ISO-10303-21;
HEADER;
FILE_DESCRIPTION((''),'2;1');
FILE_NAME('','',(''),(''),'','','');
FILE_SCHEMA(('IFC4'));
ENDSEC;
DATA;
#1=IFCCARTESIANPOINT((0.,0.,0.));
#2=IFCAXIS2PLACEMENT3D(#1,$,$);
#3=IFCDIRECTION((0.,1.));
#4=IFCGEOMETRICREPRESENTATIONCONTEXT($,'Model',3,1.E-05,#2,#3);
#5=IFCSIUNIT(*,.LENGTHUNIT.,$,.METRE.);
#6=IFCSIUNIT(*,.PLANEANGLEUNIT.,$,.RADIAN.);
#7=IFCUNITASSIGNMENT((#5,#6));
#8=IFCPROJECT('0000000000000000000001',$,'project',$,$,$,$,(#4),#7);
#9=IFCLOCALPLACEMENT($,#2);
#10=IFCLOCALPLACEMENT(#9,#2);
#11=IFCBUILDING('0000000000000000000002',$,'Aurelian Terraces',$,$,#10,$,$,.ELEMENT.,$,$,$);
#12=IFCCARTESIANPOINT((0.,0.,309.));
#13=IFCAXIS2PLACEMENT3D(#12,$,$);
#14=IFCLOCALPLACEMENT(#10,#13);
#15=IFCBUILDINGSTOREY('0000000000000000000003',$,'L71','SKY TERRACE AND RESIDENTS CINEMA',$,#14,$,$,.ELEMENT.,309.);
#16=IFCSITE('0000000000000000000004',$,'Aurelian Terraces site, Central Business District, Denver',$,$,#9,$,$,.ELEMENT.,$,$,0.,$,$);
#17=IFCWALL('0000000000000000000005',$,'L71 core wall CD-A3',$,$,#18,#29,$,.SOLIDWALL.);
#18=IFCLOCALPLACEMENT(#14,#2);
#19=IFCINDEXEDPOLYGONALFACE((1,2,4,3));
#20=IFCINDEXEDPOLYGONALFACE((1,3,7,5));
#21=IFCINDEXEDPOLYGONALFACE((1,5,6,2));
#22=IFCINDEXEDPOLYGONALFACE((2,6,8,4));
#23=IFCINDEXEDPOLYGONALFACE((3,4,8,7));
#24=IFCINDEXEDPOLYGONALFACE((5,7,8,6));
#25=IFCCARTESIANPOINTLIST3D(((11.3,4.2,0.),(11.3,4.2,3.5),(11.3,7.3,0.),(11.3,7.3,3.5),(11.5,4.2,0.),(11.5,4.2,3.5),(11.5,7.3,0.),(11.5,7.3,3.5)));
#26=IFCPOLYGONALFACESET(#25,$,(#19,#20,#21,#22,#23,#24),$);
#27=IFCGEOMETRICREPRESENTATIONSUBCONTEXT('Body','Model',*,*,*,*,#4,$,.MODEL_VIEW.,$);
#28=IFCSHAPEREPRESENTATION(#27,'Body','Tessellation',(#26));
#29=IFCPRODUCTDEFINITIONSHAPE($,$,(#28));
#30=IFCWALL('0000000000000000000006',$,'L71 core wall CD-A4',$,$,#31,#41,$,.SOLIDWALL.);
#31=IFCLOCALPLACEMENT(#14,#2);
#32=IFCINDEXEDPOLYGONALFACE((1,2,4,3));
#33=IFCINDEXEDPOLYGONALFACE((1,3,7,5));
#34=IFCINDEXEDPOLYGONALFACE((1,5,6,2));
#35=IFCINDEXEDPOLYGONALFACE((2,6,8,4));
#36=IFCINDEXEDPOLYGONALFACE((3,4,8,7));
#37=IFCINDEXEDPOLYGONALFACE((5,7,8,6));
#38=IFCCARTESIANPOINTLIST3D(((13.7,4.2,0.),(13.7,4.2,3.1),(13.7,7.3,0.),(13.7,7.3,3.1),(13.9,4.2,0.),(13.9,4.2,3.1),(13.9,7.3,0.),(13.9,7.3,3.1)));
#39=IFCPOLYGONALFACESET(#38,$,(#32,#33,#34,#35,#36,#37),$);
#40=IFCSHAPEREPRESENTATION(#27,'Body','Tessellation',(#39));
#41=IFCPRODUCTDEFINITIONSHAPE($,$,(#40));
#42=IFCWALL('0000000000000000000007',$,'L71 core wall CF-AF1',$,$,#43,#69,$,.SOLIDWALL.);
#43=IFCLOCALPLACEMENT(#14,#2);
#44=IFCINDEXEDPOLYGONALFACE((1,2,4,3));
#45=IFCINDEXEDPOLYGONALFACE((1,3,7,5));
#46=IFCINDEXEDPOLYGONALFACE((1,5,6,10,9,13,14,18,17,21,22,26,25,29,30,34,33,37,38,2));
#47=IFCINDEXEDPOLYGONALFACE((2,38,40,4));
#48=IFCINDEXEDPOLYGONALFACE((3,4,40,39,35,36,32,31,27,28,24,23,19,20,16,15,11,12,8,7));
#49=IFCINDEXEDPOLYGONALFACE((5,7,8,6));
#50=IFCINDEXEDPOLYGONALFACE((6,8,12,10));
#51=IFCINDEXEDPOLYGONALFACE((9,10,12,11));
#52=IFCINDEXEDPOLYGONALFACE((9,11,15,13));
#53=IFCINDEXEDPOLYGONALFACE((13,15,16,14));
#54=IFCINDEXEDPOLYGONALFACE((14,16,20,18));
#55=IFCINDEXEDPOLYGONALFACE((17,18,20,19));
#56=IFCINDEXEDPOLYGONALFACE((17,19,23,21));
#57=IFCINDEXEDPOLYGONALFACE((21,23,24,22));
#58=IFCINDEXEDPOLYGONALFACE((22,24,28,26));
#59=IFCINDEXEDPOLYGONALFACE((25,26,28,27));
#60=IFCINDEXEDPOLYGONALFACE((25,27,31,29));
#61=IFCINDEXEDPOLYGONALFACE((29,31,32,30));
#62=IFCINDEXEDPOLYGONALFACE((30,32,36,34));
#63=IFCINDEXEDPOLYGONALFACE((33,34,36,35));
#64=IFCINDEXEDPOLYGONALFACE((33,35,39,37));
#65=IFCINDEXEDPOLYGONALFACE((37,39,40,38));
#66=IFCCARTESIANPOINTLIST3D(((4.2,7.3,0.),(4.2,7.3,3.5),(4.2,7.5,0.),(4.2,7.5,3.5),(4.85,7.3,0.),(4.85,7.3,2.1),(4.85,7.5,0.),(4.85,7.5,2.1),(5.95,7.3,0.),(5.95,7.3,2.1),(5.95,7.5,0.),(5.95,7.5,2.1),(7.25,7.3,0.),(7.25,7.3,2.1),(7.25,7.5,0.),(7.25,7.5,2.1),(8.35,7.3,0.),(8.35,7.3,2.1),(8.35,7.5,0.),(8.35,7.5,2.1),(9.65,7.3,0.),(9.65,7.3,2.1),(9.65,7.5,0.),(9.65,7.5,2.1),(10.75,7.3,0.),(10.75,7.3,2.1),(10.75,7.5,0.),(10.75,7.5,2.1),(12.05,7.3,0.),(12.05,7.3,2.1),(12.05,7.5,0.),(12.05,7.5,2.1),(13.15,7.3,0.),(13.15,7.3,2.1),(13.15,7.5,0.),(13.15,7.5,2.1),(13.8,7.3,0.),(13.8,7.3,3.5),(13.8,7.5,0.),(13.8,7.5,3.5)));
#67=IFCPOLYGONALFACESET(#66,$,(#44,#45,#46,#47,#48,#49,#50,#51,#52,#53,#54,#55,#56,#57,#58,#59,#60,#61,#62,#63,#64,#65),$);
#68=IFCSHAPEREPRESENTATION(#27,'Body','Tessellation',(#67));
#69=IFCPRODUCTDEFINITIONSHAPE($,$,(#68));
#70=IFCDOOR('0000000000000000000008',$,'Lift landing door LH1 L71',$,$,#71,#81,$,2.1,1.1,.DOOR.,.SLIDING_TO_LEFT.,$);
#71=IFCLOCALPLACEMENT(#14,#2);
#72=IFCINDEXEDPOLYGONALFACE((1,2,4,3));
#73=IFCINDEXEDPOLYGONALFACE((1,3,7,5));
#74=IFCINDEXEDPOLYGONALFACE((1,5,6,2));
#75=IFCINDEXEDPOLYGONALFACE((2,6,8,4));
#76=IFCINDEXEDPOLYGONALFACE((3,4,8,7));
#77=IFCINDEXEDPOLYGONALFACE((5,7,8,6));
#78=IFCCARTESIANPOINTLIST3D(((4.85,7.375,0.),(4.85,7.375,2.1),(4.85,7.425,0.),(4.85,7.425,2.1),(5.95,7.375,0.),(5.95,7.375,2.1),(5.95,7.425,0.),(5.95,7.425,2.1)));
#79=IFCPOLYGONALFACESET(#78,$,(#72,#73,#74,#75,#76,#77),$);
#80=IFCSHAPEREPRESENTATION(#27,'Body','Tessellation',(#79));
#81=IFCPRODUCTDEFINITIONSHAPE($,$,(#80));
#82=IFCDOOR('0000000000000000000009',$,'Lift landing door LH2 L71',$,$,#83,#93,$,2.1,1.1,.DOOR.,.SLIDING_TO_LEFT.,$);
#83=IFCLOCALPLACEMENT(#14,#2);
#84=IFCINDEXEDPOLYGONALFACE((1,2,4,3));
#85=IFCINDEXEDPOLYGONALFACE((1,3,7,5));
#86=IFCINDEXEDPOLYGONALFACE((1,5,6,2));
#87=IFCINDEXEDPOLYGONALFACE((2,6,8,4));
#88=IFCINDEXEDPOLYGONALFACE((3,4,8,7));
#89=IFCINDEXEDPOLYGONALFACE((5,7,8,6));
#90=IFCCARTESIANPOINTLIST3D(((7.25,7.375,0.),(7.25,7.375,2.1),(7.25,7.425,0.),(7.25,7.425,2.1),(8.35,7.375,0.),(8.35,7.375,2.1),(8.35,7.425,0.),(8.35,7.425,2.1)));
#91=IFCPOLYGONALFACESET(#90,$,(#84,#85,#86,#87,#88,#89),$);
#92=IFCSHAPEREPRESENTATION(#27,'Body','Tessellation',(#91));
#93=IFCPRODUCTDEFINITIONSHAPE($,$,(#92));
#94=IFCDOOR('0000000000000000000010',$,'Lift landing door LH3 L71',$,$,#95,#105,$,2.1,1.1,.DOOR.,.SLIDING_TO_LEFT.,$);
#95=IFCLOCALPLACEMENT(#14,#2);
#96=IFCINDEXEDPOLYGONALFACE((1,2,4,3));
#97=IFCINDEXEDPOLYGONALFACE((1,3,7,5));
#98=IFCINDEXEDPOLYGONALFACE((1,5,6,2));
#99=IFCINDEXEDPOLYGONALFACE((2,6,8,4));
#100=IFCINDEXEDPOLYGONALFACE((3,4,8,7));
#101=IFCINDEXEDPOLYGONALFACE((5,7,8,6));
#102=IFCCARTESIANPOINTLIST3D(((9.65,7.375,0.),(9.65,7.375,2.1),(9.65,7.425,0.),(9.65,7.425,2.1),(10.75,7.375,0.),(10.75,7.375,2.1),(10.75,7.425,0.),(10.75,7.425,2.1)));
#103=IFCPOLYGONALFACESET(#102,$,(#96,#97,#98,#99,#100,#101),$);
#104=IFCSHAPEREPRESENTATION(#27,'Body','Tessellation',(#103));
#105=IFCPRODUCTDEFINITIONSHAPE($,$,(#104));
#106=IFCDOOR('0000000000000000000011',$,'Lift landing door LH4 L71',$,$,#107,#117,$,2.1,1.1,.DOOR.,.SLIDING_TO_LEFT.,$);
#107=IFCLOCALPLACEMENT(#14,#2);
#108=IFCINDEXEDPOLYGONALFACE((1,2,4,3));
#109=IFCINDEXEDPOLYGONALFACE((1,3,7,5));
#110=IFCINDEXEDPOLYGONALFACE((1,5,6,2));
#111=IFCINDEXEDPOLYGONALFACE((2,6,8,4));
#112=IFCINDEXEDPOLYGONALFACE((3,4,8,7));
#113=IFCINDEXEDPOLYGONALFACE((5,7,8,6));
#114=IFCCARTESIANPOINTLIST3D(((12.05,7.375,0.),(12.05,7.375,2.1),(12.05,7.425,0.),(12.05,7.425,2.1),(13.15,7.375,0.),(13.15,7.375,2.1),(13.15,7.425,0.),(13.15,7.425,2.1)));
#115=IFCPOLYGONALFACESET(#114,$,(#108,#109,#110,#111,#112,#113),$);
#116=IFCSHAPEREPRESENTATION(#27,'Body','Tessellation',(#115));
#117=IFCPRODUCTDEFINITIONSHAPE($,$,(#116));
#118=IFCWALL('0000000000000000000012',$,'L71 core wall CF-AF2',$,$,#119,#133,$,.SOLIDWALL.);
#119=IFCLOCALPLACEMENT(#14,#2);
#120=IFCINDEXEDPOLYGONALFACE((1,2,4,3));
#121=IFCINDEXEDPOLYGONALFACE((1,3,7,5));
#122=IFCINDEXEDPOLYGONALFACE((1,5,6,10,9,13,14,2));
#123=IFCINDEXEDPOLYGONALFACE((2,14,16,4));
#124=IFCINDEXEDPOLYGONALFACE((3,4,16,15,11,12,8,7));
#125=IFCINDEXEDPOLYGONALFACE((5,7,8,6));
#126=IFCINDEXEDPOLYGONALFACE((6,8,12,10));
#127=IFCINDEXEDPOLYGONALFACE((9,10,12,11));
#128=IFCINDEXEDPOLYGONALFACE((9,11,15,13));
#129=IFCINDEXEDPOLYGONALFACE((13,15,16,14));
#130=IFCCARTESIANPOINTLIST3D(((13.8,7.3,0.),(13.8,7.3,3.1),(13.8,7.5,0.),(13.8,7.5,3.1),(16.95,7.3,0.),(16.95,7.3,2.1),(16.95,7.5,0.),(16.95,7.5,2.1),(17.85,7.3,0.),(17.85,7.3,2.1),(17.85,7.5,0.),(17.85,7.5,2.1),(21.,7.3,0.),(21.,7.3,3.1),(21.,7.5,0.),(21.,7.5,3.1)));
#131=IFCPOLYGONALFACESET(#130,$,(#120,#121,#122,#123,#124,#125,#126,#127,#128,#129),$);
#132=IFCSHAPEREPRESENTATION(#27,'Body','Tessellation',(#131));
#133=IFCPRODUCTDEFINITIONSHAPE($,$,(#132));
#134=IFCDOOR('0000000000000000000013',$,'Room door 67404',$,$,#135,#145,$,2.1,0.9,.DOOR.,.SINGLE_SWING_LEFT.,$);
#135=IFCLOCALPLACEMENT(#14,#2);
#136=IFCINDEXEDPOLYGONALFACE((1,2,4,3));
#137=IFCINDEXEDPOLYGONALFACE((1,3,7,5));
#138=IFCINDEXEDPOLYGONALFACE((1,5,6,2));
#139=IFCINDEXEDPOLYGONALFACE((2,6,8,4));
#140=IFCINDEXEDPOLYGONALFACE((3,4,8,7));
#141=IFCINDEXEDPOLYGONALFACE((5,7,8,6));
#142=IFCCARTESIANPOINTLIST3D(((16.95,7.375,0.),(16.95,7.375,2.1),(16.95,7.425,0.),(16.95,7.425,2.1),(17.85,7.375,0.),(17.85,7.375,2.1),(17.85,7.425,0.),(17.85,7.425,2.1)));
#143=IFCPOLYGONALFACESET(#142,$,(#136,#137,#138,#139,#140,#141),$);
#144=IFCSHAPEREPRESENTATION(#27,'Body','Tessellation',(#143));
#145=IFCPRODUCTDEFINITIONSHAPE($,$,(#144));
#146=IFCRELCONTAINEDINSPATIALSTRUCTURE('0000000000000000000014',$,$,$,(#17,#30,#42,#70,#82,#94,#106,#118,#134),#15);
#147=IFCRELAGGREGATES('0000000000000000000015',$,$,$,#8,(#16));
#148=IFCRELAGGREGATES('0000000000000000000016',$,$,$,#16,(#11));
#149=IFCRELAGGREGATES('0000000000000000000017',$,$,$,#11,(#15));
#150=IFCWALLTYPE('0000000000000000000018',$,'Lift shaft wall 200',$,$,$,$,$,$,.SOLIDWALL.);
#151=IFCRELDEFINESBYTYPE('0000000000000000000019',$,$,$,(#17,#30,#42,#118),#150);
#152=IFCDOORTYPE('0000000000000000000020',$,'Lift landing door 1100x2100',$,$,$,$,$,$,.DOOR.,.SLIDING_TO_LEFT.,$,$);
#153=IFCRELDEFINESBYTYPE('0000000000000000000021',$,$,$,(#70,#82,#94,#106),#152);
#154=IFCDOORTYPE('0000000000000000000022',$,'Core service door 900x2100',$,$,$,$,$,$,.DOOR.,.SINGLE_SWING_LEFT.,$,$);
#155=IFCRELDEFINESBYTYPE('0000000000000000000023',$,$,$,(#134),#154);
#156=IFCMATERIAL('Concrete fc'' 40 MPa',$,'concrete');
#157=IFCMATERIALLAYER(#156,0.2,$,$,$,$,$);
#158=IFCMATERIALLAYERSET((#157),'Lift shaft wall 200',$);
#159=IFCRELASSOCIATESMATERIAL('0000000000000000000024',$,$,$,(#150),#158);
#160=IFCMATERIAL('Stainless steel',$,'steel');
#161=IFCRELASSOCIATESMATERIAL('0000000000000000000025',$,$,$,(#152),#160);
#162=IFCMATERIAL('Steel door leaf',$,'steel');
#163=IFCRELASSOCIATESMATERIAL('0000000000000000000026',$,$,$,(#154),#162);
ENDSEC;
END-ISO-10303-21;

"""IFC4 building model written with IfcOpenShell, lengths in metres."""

from ifc_helpers import new_model, si_unit, direction, frame, frame_2d, origin, place, context, subcontext, project, spatial, rectangle, extrude, source, transform, mapped, material, layer, layer_set, type_object, element, fill, save


model = new_model("IFC4")

# Units and contexts
model_context = context("Model", 3, precision=1e-05, world=origin(), true_north=direction((0.0, 1.0)))
body_context = subcontext(model_context, "Body", "Model", "MODEL_VIEW")
ifc_project = project(units=[si_unit("LENGTHUNIT", "METRE"), si_unit("PLANEANGLEUNIT", "RADIAN")], contexts=[model_context])

# Site, building, storey
site_placement = place(None, origin())
site = spatial("IfcSite", under=ifc_project, at=site_placement, Name="Aurelian Terraces site, Central Business District, Denver", CompositionType="ELEMENT", RefElevation=0.0)
building_placement = place(site_placement, origin())
building = spatial("IfcBuilding", under=site, at=building_placement, Name="Aurelian Terraces", CompositionType="ELEMENT")
storey_placement = place(building_placement, frame((0.0, 0.0, 309.0)))
storey = spatial("IfcBuildingStorey", under=building, at=storey_placement, Name="L71", Description="SKY TERRACE AND RESIDENTS CINEMA", CompositionType="ELEMENT", Elevation=309.0)

# Shared definitions
ifc_material_1 = material(Name="Steel door leaf", Category="steel")
shared_shape_1 = source(origin(), body_context, "Body", "SweptSolid", [
    extrude(rectangle(XDim=0.9, YDim=2.1, at=frame_2d((0.45, 1.05))), frame((0.0, 0.025, 0.0), z_axis=(0.0, -1.0, 0.0), x_axis=(1.0, 0.0, 0.0)), (0.0, 0.0, 1.0), 0.05),
])

# Walls
ifc_material_2 = material(Name="Concrete fc' 40 MPa", Category="concrete")
ifc_layer_1 = layer(ifc_material_2, 0.2)
ifc_layer_set_1 = layer_set([ifc_layer_1], Name="Lift shaft wall 200")
wall_type_1 = type_object("IfcWallType", Name="Lift shaft wall 200", PredefinedType="SOLIDWALL", material=ifc_layer_set_1)
shared_shape_2 = source(origin(), body_context, "Body", "SweptSolid", [
    extrude(rectangle(XDim=3.1, YDim=0.2, at=frame_2d((1.55, 0.0))), origin(), (0.0, 0.0, 1.0), 3.5),
])
for number, where, z_axis, x_axis, name in (
    (1, (11.4, 4.2, 0.0), (0.0, 0.0, 1.0), (0.0, 1.0, 0.0), "L71 core wall CD-A3"),
):
    element("IfcWall", number, at=place(storey_placement, frame(where, z_axis=z_axis, x_axis=x_axis)), inside=storey, type_object=wall_type_1, Name=name, PredefinedType="SOLIDWALL", context=body_context, shape_type="MappedRepresentation", body=[
        mapped(shared_shape_2, transform((0.0, 0.0, 0.0), scale=1.0)),
    ])
shared_shape_3 = source(origin(), body_context, "Body", "SweptSolid", [
    extrude(rectangle(XDim=3.1, YDim=0.2, at=frame_2d((1.55, 0.0))), origin(), (0.0, 0.0, 1.0), 3.1),
])
wall_1_placement = place(storey_placement, frame((13.8, 4.2, 0.0), z_axis=(0.0, 0.0, 1.0), x_axis=(0.0, 1.0, 0.0)))
element("IfcWall", 2, at=wall_1_placement, inside=storey, type_object=wall_type_1, Name="L71 core wall CD-A4", PredefinedType="SOLIDWALL", context=body_context, shape_type="MappedRepresentation", body=[
    mapped(shared_shape_3, transform((0.0, 0.0, 0.0), scale=1.0)),
])

# Wall, openings, doors
shared_shape_4 = source(origin(), body_context, "Body", "SweptSolid", [
    extrude(rectangle(XDim=9.6, YDim=0.2, at=frame_2d((4.8, 0.0))), origin(), (0.0, 0.0, 1.0), 3.5),
])
wall_2_placement = place(storey_placement, frame((4.2, 7.4, 0.0), z_axis=(0.0, 0.0, 1.0), x_axis=(1.0, 0.0, 0.0)))
wall_2 = element("IfcWall", 3, at=wall_2_placement, inside=storey, type_object=wall_type_1, Name="L71 core wall CF-AF1", PredefinedType="SOLIDWALL", context=body_context, shape_type="MappedRepresentation", body=[
    mapped(shared_shape_4, transform((0.0, 0.0, 0.0), scale=1.0)),
])
shared_shape_5 = source(origin(), body_context, "Body", "SweptSolid", [
    extrude(rectangle(XDim=1.1, YDim=2.1, at=frame_2d((0.55, 1.05))), frame((0.0, 0.11, 0.0), z_axis=(0.0, -1.0, 0.0), x_axis=(1.0, 0.0, 0.0)), (0.0, 0.0, 1.0), 0.22),
])
opening_1_placement = place(wall_2_placement, frame((0.65, 0.0, 0.0)))
opening_1 = element("IfcOpeningElement", 4, at=opening_1_placement, cuts=wall_2, PredefinedType="OPENING", context=body_context, shape_type="MappedRepresentation", body=[
    mapped(shared_shape_5, transform((0.0, 0.0, 0.0), scale=1.0)),
])
opening_2_placement = place(wall_2_placement, frame((3.05, 0.0, 0.0)))
opening_2 = element("IfcOpeningElement", 5, at=opening_2_placement, cuts=wall_2, PredefinedType="OPENING", context=body_context, shape_type="MappedRepresentation", body=[
    mapped(shared_shape_5, transform((0.0, 0.0, 0.0), scale=1.0)),
])
opening_3_placement = place(wall_2_placement, frame((5.45, 0.0, 0.0)))
opening_3 = element("IfcOpeningElement", 6, at=opening_3_placement, cuts=wall_2, PredefinedType="OPENING", context=body_context, shape_type="MappedRepresentation", body=[
    mapped(shared_shape_5, transform((0.0, 0.0, 0.0), scale=1.0)),
])
opening_4_placement = place(wall_2_placement, frame((7.85, 0.0, 0.0)))
opening_4 = element("IfcOpeningElement", 7, at=opening_4_placement, cuts=wall_2, PredefinedType="OPENING", context=body_context, shape_type="MappedRepresentation", body=[
    mapped(shared_shape_5, transform((0.0, 0.0, 0.0), scale=1.0)),
])
ifc_material_3 = material(Name="Stainless steel", Category="steel")
door_type_1 = type_object("IfcDoorType", Name="Lift landing door 1100x2100", OperationType="SLIDING_TO_LEFT", PredefinedType="DOOR", material=ifc_material_3)
shared_shape_6 = source(origin(), body_context, "Body", "SweptSolid", [
    extrude(rectangle(XDim=1.1, YDim=2.1, at=frame_2d((0.55, 1.05))), frame((0.0, 0.025, 0.0), z_axis=(0.0, -1.0, 0.0), x_axis=(1.0, 0.0, 0.0)), (0.0, 0.0, 1.0), 0.05),
])
door_1_placement = place(opening_1_placement, origin())
door_1 = element("IfcDoor", 8, at=door_1_placement, inside=storey, type_object=door_type_1, Name="Lift landing door LH1 L71", OperationType="SLIDING_TO_LEFT", OverallHeight=2.1, OverallWidth=1.1, PredefinedType="DOOR", context=body_context, shape_type="MappedRepresentation", body=[
    mapped(shared_shape_6, transform((0.0, 0.0, 0.0), scale=1.0)),
])
fill(opening_1, door_1)
door_2_placement = place(opening_2_placement, origin())
door_2 = element("IfcDoor", 9, at=door_2_placement, inside=storey, type_object=door_type_1, Name="Lift landing door LH2 L71", OperationType="SLIDING_TO_LEFT", OverallHeight=2.1, OverallWidth=1.1, PredefinedType="DOOR", context=body_context, shape_type="MappedRepresentation", body=[
    mapped(shared_shape_6, transform((0.0, 0.0, 0.0), scale=1.0)),
])
fill(opening_2, door_2)
door_3_placement = place(opening_3_placement, origin())
door_3 = element("IfcDoor", 10, at=door_3_placement, inside=storey, type_object=door_type_1, Name="Lift landing door LH3 L71", OperationType="SLIDING_TO_LEFT", OverallHeight=2.1, OverallWidth=1.1, PredefinedType="DOOR", context=body_context, shape_type="MappedRepresentation", body=[
    mapped(shared_shape_6, transform((0.0, 0.0, 0.0), scale=1.0)),
])
fill(opening_3, door_3)
door_4_placement = place(opening_4_placement, origin())
door_4 = element("IfcDoor", 11, at=door_4_placement, inside=storey, type_object=door_type_1, Name="Lift landing door LH4 L71", OperationType="SLIDING_TO_LEFT", OverallHeight=2.1, OverallWidth=1.1, PredefinedType="DOOR", context=body_context, shape_type="MappedRepresentation", body=[
    mapped(shared_shape_6, transform((0.0, 0.0, 0.0), scale=1.0)),
])
fill(opening_4, door_4)

# Wall, opening, door
shared_shape_7 = source(origin(), body_context, "Body", "SweptSolid", [
    extrude(rectangle(XDim=7.2, YDim=0.2, at=frame_2d((3.6, 0.0))), origin(), (0.0, 0.0, 1.0), 3.1),
])
wall_3_placement = place(storey_placement, frame((13.8, 7.4, 0.0), z_axis=(0.0, 0.0, 1.0), x_axis=(1.0, 0.0, 0.0)))
wall_3 = element("IfcWall", 12, at=wall_3_placement, inside=storey, type_object=wall_type_1, Name="L71 core wall CF-AF2", PredefinedType="SOLIDWALL", context=body_context, shape_type="MappedRepresentation", body=[
    mapped(shared_shape_7, transform((0.0, 0.0, 0.0), scale=1.0)),
])
shared_shape_8 = source(origin(), body_context, "Body", "SweptSolid", [
    extrude(rectangle(XDim=0.9, YDim=2.1, at=frame_2d((0.45, 1.05))), frame((0.0, 0.11, 0.0), z_axis=(0.0, -1.0, 0.0), x_axis=(1.0, 0.0, 0.0)), (0.0, 0.0, 1.0), 0.22),
])
opening_5_placement = place(wall_3_placement, frame((3.15, 0.0, 0.0)))
opening_5 = element("IfcOpeningElement", 13, at=opening_5_placement, cuts=wall_3, PredefinedType="OPENING", context=body_context, shape_type="MappedRepresentation", body=[
    mapped(shared_shape_8, transform((0.0, 0.0, 0.0), scale=1.0)),
])
door_type_2 = type_object("IfcDoorType", Name="Core service door 900x2100", OperationType="SINGLE_SWING_LEFT", PredefinedType="DOOR", material=ifc_material_1)
door_5_placement = place(opening_5_placement, origin())
door_5 = element("IfcDoor", 14, at=door_5_placement, inside=storey, type_object=door_type_2, Name="Room door 67404", OperationType="SINGLE_SWING_LEFT", OverallHeight=2.1, OverallWidth=0.9, PredefinedType="DOOR", context=body_context, shape_type="MappedRepresentation", body=[
    mapped(shared_shape_1, transform((0.0, 0.0, 0.0), scale=1.0)),
])
fill(opening_5, door_5)

save(model, "model.ifc")
